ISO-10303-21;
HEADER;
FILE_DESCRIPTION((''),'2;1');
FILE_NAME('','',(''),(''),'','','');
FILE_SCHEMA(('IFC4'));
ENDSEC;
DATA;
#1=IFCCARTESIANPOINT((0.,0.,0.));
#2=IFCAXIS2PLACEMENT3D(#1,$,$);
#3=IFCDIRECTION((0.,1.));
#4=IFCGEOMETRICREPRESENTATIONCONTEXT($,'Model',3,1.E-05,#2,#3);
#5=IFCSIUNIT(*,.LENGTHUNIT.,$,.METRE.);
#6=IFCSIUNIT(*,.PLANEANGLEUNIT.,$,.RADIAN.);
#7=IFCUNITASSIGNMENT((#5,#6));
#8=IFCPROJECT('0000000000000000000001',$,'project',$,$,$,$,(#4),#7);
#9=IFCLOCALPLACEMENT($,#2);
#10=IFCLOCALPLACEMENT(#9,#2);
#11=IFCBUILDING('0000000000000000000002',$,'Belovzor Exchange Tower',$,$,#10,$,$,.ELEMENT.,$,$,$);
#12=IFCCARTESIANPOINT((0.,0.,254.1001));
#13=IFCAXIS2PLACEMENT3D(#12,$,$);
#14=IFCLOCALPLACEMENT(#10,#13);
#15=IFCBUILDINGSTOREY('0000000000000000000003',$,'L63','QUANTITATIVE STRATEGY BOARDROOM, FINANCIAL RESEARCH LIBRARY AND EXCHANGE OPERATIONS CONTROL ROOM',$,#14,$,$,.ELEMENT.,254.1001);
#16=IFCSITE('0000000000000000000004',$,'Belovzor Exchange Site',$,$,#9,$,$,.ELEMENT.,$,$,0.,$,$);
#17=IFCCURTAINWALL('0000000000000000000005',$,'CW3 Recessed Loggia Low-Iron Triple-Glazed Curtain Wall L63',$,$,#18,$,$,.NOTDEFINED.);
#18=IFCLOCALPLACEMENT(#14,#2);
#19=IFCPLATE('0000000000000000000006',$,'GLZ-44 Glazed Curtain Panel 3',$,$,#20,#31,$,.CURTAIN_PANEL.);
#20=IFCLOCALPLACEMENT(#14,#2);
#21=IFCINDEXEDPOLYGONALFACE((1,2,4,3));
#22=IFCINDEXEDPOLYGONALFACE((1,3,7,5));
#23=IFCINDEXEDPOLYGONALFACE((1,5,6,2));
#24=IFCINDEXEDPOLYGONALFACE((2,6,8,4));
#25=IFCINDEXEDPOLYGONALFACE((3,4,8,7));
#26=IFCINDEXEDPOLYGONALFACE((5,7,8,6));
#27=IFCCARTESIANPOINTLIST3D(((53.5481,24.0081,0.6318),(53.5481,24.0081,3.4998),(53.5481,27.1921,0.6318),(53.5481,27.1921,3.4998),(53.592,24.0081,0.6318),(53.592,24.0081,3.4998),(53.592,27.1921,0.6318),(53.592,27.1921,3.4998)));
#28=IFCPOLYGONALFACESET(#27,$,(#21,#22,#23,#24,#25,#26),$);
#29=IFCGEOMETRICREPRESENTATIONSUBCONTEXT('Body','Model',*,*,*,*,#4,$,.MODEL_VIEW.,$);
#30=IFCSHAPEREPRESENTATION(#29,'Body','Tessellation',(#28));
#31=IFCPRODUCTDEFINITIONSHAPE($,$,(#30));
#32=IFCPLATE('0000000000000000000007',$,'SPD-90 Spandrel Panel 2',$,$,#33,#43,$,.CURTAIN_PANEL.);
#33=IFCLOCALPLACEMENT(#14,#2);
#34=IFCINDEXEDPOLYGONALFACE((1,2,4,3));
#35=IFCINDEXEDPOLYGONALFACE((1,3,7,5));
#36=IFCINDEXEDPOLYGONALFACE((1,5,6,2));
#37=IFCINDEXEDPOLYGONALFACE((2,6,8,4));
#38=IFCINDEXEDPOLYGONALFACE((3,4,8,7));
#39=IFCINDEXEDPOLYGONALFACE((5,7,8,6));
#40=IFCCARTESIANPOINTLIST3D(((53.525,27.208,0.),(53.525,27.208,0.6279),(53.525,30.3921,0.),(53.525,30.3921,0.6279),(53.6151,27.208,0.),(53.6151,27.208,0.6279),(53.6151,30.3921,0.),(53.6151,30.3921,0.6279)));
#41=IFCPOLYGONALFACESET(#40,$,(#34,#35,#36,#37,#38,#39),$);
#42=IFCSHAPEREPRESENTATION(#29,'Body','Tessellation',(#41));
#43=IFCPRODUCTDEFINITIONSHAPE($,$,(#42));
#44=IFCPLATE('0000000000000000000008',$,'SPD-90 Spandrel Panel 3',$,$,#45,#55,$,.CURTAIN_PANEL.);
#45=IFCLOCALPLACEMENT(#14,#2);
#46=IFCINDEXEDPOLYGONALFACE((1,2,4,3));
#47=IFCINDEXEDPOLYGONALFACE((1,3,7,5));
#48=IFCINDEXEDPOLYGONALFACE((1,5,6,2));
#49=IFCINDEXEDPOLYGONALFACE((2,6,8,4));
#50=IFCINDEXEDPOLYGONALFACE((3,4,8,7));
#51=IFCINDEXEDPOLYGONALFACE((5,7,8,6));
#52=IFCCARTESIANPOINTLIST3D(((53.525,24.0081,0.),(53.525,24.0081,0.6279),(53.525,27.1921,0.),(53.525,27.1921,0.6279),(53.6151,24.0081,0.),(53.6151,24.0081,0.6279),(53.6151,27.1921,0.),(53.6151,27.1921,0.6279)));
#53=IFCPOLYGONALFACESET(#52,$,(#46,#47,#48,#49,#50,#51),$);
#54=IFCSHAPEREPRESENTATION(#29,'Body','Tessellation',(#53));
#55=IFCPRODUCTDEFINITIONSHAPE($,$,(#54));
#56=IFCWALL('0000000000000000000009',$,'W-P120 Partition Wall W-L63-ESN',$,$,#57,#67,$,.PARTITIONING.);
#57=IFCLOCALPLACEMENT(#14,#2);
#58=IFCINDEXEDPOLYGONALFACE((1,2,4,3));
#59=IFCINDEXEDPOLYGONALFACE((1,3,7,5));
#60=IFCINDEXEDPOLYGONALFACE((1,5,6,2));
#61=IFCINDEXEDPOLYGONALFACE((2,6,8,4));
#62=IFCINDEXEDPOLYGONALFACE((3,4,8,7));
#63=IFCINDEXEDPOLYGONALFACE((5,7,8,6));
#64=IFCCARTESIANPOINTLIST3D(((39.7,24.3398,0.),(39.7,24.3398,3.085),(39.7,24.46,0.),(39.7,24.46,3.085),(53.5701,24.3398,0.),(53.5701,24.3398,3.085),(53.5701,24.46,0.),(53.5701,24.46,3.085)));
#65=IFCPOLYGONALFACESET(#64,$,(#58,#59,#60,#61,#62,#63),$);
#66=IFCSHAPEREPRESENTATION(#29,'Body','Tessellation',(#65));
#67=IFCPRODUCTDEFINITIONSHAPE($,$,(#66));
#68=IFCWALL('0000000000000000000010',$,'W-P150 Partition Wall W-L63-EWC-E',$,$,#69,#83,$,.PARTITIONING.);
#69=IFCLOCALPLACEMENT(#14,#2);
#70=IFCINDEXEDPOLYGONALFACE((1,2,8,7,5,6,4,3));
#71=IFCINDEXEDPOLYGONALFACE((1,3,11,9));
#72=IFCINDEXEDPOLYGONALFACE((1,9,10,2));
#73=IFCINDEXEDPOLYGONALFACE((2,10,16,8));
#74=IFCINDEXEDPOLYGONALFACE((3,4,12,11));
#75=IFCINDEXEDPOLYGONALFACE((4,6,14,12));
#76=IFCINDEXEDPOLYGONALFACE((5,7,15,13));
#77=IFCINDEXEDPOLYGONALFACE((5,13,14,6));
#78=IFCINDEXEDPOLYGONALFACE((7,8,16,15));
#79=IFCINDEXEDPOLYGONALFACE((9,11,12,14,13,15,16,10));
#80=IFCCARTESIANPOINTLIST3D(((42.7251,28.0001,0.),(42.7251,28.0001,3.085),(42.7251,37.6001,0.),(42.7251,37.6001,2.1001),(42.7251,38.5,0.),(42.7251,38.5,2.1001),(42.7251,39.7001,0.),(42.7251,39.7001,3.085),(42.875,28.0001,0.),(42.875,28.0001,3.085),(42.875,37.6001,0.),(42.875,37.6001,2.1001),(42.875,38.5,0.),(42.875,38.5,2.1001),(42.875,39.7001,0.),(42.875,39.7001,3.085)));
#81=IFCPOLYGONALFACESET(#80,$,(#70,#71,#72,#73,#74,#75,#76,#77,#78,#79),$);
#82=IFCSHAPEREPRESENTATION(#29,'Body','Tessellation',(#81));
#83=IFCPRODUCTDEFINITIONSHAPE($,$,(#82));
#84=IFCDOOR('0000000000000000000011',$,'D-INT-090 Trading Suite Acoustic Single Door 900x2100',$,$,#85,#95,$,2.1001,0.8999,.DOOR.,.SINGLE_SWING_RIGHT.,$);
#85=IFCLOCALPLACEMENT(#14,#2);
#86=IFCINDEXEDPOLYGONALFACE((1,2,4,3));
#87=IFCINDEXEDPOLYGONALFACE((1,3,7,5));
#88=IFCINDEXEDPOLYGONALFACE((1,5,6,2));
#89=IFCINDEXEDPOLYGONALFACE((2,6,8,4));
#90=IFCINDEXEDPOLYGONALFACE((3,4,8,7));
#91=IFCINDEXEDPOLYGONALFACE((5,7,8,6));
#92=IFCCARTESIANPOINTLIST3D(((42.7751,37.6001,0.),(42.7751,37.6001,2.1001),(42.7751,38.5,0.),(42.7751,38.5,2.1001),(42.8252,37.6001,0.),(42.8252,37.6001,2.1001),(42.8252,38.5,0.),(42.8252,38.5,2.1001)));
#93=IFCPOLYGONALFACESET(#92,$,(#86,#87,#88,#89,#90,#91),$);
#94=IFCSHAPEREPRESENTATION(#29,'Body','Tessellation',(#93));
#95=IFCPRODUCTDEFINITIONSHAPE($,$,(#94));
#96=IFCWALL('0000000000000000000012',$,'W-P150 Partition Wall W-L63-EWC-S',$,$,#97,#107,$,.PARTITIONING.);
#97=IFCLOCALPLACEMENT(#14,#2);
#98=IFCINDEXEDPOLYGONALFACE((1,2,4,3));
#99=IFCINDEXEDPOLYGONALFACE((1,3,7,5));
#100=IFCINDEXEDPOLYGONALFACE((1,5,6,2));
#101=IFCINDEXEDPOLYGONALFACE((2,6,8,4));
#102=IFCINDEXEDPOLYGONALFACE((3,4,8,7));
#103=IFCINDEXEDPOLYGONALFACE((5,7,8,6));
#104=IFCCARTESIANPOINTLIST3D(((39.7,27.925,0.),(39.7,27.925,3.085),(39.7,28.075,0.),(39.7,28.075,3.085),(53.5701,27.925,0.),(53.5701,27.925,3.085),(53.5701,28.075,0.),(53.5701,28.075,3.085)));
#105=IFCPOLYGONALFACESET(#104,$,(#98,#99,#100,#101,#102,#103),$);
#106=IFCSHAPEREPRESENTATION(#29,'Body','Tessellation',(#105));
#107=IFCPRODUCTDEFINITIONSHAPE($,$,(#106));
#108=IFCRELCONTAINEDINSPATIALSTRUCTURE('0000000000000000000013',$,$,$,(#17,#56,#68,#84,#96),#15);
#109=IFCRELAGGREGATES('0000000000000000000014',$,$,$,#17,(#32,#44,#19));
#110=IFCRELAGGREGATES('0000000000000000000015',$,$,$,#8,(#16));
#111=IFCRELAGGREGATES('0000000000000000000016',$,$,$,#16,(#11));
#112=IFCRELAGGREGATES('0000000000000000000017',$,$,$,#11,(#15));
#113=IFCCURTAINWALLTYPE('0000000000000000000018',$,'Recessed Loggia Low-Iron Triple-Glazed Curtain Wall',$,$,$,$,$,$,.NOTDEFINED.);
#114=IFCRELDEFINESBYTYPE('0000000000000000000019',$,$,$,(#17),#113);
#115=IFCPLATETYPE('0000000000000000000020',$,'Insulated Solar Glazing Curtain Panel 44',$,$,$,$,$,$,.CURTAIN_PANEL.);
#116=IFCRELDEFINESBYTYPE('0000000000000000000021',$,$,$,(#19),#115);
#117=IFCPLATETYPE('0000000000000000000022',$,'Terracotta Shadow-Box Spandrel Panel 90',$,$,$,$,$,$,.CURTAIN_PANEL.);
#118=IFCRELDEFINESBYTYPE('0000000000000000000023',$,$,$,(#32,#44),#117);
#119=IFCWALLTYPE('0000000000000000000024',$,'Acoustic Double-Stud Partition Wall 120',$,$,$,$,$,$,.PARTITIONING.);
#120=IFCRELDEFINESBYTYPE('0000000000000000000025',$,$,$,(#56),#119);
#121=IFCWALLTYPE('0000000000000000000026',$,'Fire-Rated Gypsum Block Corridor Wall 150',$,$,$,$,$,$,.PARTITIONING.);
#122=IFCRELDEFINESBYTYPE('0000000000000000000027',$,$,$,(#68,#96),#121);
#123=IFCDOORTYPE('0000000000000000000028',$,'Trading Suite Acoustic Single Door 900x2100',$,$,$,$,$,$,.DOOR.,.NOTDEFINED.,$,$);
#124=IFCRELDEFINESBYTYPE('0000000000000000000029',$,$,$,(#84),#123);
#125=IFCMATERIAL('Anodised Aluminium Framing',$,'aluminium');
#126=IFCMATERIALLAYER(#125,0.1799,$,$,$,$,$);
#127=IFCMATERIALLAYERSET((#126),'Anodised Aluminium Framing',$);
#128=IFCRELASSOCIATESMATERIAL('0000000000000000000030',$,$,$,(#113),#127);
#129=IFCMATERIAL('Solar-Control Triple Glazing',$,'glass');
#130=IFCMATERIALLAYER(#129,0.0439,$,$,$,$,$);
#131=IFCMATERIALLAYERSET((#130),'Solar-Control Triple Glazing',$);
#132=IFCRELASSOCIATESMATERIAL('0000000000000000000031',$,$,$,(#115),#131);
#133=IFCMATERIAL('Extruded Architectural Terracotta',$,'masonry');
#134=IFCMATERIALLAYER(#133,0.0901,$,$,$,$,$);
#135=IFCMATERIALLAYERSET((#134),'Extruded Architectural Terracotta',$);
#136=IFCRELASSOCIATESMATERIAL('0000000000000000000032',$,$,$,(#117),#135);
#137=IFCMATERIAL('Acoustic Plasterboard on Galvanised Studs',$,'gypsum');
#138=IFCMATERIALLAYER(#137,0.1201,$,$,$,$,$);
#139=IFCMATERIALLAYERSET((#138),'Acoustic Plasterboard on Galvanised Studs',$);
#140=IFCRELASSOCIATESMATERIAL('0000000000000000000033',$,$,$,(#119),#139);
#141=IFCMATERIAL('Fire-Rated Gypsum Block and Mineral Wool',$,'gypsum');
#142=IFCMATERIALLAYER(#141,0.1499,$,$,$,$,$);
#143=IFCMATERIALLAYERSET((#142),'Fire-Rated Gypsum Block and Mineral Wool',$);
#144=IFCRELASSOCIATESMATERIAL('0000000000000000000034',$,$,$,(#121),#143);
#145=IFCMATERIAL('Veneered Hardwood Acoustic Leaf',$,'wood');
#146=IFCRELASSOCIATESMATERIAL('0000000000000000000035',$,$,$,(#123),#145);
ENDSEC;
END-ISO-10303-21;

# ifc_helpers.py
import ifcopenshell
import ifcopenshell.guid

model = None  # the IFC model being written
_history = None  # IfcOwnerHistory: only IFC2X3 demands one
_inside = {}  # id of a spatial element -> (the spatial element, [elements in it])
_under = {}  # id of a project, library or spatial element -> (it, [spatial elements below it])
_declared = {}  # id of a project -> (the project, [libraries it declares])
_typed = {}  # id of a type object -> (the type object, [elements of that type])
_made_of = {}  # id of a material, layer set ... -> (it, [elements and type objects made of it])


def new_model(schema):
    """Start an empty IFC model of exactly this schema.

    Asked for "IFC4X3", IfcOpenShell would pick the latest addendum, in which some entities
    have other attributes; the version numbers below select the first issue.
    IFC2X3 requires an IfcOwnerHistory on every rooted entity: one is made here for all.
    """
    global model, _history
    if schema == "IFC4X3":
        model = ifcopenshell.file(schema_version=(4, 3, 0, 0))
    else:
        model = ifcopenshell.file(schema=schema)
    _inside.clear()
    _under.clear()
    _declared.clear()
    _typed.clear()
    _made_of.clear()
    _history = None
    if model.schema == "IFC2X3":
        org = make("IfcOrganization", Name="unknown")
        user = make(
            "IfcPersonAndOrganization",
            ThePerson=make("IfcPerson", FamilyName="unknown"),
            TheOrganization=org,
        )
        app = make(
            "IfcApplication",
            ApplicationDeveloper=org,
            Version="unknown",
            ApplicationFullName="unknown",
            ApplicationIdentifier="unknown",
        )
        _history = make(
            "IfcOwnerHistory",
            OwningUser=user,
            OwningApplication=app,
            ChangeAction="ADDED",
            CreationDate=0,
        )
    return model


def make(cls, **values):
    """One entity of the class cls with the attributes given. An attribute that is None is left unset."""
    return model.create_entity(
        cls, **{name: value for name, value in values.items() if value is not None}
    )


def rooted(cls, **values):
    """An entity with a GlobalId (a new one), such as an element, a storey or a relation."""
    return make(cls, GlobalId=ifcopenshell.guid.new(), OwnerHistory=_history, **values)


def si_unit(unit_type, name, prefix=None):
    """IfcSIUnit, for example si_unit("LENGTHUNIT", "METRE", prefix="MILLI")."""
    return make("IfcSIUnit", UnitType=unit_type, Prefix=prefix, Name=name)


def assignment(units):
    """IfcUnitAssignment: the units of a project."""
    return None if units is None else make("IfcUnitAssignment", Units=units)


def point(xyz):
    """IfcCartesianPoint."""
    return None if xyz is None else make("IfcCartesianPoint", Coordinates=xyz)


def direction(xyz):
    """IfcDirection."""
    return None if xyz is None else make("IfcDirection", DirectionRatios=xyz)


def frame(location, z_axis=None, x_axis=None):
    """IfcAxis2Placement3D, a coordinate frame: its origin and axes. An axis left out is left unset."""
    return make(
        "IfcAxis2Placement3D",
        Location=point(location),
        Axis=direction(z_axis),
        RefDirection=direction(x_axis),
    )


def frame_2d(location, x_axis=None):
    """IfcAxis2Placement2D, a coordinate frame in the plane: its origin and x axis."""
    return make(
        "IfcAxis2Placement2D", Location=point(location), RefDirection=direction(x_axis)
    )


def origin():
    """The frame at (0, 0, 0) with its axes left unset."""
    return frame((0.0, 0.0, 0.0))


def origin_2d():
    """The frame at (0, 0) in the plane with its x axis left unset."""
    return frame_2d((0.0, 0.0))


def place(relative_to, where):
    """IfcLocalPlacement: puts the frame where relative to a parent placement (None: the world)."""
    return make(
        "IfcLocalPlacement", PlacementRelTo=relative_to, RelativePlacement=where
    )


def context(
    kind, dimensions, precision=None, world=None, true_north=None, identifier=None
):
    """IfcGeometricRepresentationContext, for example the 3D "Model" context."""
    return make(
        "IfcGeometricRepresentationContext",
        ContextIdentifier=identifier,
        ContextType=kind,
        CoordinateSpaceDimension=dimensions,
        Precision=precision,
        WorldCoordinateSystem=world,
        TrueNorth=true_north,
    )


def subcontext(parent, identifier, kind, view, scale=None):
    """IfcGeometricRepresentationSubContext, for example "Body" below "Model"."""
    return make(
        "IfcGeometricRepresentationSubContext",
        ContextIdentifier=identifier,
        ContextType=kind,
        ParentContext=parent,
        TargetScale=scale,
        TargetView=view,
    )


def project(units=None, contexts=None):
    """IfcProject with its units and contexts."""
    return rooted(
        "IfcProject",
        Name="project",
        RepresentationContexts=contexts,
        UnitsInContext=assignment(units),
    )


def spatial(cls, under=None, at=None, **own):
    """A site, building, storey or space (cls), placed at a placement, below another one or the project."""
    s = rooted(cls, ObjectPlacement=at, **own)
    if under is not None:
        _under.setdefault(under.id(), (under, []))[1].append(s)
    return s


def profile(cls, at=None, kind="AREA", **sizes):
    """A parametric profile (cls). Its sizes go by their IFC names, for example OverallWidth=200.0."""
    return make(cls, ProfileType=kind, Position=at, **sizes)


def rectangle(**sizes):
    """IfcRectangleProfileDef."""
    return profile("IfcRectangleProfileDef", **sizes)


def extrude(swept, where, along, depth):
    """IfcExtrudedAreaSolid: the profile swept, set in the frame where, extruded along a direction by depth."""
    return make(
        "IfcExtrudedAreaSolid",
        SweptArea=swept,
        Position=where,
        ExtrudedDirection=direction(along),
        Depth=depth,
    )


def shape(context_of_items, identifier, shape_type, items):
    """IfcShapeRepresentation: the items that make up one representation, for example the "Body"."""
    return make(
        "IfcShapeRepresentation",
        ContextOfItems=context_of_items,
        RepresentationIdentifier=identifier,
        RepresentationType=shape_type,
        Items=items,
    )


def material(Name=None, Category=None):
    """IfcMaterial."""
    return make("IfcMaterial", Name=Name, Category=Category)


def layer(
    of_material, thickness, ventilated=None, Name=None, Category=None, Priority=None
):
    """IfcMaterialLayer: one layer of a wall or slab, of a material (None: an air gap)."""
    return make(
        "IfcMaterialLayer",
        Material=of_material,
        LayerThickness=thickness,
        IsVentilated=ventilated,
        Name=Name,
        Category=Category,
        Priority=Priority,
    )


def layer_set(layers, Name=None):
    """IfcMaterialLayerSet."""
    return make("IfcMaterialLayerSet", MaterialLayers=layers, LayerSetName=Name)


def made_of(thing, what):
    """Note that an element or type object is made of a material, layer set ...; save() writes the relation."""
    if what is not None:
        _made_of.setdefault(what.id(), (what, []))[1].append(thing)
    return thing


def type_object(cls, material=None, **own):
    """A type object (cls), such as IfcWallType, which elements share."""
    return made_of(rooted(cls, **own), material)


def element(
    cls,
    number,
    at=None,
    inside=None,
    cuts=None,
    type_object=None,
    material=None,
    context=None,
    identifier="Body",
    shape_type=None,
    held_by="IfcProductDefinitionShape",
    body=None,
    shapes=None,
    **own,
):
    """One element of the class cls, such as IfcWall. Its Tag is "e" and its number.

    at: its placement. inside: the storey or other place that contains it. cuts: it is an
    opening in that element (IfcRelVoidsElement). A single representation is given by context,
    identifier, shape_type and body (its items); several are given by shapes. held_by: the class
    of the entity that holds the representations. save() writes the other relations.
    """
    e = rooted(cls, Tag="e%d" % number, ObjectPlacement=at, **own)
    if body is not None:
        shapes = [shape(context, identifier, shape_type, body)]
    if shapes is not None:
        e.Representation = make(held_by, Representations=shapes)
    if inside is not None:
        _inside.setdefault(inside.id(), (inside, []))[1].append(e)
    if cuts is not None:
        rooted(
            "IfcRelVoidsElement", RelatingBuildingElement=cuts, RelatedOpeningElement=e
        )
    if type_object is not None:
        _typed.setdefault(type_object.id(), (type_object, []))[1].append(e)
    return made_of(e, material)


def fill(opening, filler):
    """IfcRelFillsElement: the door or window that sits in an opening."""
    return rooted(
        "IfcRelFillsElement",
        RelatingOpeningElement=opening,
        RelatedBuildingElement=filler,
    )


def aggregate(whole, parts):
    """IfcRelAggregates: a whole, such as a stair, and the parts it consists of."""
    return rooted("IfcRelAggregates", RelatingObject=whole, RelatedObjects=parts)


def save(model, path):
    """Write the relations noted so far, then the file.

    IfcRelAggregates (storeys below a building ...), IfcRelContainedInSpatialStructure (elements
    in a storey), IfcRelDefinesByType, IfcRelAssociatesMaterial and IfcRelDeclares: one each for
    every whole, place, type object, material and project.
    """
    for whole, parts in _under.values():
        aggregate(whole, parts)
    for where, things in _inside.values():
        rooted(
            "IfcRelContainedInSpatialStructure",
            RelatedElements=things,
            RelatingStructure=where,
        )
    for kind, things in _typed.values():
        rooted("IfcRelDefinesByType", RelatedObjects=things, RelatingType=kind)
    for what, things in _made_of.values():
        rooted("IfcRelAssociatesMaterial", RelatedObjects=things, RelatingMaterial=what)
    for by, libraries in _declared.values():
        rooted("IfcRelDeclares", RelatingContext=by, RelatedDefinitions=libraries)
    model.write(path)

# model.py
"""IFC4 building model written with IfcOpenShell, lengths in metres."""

from ifc_helpers import new_model, si_unit, direction, frame, frame_2d, origin, origin_2d, place, context, subcontext, project, spatial, rectangle, extrude, material, layer, layer_set, type_object, element, fill, aggregate, save


model = new_model("IFC4")

# Units and contexts
model_context = context("Model", 3, precision=1e-05, world=origin(), true_north=direction((0.0, 1.0)))
body_context = subcontext(model_context, "Body", "Model", "MODEL_VIEW")
ifc_project = project(units=[si_unit("LENGTHUNIT", "METRE"), si_unit("PLANEANGLEUNIT", "RADIAN")], contexts=[model_context])

# Site, building, storey
site_placement = place(None, origin())
site = spatial("IfcSite", under=ifc_project, at=site_placement, Name="Belovzor Exchange Site", CompositionType="ELEMENT", RefElevation=0.0)
building_placement = place(site_placement, origin())
building = spatial("IfcBuilding", under=site, at=building_placement, Name="Belovzor Exchange Tower", CompositionType="ELEMENT")
storey_placement = place(building_placement, frame((0.0, 0.0, 254.1001)))
storey = spatial("IfcBuildingStorey", under=building, at=storey_placement, Name="L63", Description="QUANTITATIVE STRATEGY BOARDROOM, FINANCIAL RESEARCH LIBRARY AND EXCHANGE OPERATIONS CONTROL ROOM", CompositionType="ELEMENT", Elevation=254.1001)

# Curtain wall
ifc_material_1 = material(Name="Anodised Aluminium Framing", Category="aluminium")
ifc_layer_1 = layer(ifc_material_1, 0.1799)
ifc_layer_set_1 = layer_set([ifc_layer_1], Name="Anodised Aluminium Framing")
curtain_wall_type = type_object("IfcCurtainWallType", Name="Recessed Loggia Low-Iron Triple-Glazed Curtain Wall", PredefinedType="NOTDEFINED", material=ifc_layer_set_1)
curtain_wall_placement = place(storey_placement, origin())
curtain_wall = element("IfcCurtainWall", 1, at=curtain_wall_placement, inside=storey, type_object=curtain_wall_type, Name="CW3 Recessed Loggia Low-Iron Triple-Glazed Curtain Wall L63", PredefinedType="NOTDEFINED")

# Plates
ifc_material_2 = material(Name="Solar-Control Triple Glazing", Category="glass")
ifc_layer_2 = layer(ifc_material_2, 0.0439)
ifc_layer_set_2 = layer_set([ifc_layer_2], Name="Solar-Control Triple Glazing")
plate_type_1 = type_object("IfcPlateType", Name="Insulated Solar Glazing Curtain Panel 44", PredefinedType="CURTAIN_PANEL", material=ifc_layer_set_2)
plate_1_placement = place(storey_placement, frame((53.5701, 25.6001, 0.6318), z_axis=(0.0, 0.0, 1.0), x_axis=(0.0, -1.0, 0.0)))
plate_1 = element("IfcPlate", 2, at=plate_1_placement, type_object=plate_type_1, Name="GLZ-44 Glazed Curtain Panel 3", PredefinedType="CURTAIN_PANEL", context=body_context, shape_type="SweptSolid", body=[
    extrude(rectangle(XDim=3.1841, YDim=0.0439, at=origin_2d()), origin(), (0.0, 0.0, 1.0), 2.8679),
])
ifc_material_3 = material(Name="Extruded Architectural Terracotta", Category="masonry")
ifc_layer_3 = layer(ifc_material_3, 0.0901)
ifc_layer_set_3 = layer_set([ifc_layer_3], Name="Extruded Architectural Terracotta")
plate_type_2 = type_object("IfcPlateType", Name="Terracotta Shadow-Box Spandrel Panel 90", PredefinedType="CURTAIN_PANEL", material=ifc_layer_set_3)
plate_2_placement = place(storey_placement, frame((53.5701, 28.8, 0.0), z_axis=(0.0, 0.0, 1.0), x_axis=(0.0, -1.0, 0.0)))
plate_2 = element("IfcPlate", 3, at=plate_2_placement, type_object=plate_type_2, Name="SPD-90 Spandrel Panel 2", PredefinedType="CURTAIN_PANEL", context=body_context, shape_type="SweptSolid", body=[
    extrude(rectangle(XDim=3.1841, YDim=0.0901, at=origin_2d()), origin(), (0.0, 0.0, 1.0), 0.6279),
])
plate_3_placement = place(storey_placement, frame((53.5701, 25.6001, 0.0), z_axis=(0.0, 0.0, 1.0), x_axis=(0.0, -1.0, 0.0)))
plate_3 = element("IfcPlate", 4, at=plate_3_placement, type_object=plate_type_2, Name="SPD-90 Spandrel Panel 3", PredefinedType="CURTAIN_PANEL", context=body_context, shape_type="SweptSolid", body=[
    extrude(rectangle(XDim=3.1841, YDim=0.0901, at=origin_2d()), origin(), (0.0, 0.0, 1.0), 0.6279),
])
aggregate(curtain_wall, [plate_2, plate_3, plate_1])

# Wall
ifc_material_4 = material(Name="Acoustic Plasterboard on Galvanised Studs", Category="gypsum")
ifc_layer_4 = layer(ifc_material_4, 0.1201)
ifc_layer_set_4 = layer_set([ifc_layer_4], Name="Acoustic Plasterboard on Galvanised Studs")
wall_type_1 = type_object("IfcWallType", Name="Acoustic Double-Stud Partition Wall 120", PredefinedType="PARTITIONING", material=ifc_layer_set_4)
wall_1_placement = place(storey_placement, frame((39.7, 24.3999, 0.0), z_axis=(0.0, 0.0, 1.0), x_axis=(1.0, 0.0, 0.0)))
element("IfcWall", 5, at=wall_1_placement, inside=storey, type_object=wall_type_1, Name="W-P120 Partition Wall W-L63-ESN", PredefinedType="PARTITIONING", context=body_context, shape_type="SweptSolid", body=[
    extrude(rectangle(XDim=13.8701, YDim=0.1201, at=frame_2d((6.9351, 0.0))), origin(), (0.0, 0.0, 1.0), 3.085),
])

# Wall, opening, door
ifc_material_5 = material(Name="Fire-Rated Gypsum Block and Mineral Wool", Category="gypsum")
ifc_layer_5 = layer(ifc_material_5, 0.1499)
ifc_layer_set_5 = layer_set([ifc_layer_5], Name="Fire-Rated Gypsum Block and Mineral Wool")
wall_type_2 = type_object("IfcWallType", Name="Fire-Rated Gypsum Block Corridor Wall 150", PredefinedType="PARTITIONING", material=ifc_layer_set_5)
wall_2_placement = place(storey_placement, frame((42.8, 28.0, 0.0), z_axis=(0.0, 0.0, 1.0), x_axis=(0.0, 1.0, 0.0)))
wall_2 = element("IfcWall", 6, at=wall_2_placement, inside=storey, type_object=wall_type_2, Name="W-P150 Partition Wall W-L63-EWC-E", PredefinedType="PARTITIONING", context=body_context, shape_type="SweptSolid", body=[
    extrude(rectangle(XDim=11.7, YDim=0.1499, at=frame_2d((5.8501, 0.0))), origin(), (0.0, 0.0, 1.0), 3.085),
])
opening_1_placement = place(wall_2_placement, frame((9.6001, 0.0, 0.0)))
opening_1 = element("IfcOpeningElement", 7, at=opening_1_placement, cuts=wall_2, PredefinedType="OPENING", context=body_context, shape_type="SweptSolid", body=[
    extrude(rectangle(XDim=0.8999, YDim=2.1001, at=frame_2d((0.45, 1.05))), frame((0.0, 0.085, 0.0), z_axis=(0.0, -1.0, 0.0), x_axis=(1.0, 0.0, 0.0)), (0.0, 0.0, 1.0), 0.1699),
])
ifc_material_6 = material(Name="Veneered Hardwood Acoustic Leaf", Category="wood")
door_type_1 = type_object("IfcDoorType", Name="Trading Suite Acoustic Single Door 900x2100", OperationType="NOTDEFINED", PredefinedType="DOOR", material=ifc_material_6)
door_1_placement = place(opening_1_placement, origin())
door_1 = element("IfcDoor", 8, at=door_1_placement, inside=storey, type_object=door_type_1, Name="D-INT-090 Trading Suite Acoustic Single Door 900x2100", OperationType="SINGLE_SWING_RIGHT", OverallHeight=2.1001, OverallWidth=0.8999, PredefinedType="DOOR", context=body_context, shape_type="SweptSolid", body=[
    extrude(rectangle(XDim=0.8999, YDim=2.1001, at=frame_2d((0.45, 1.05))), frame((0.0, 0.0249, 0.0), z_axis=(0.0, -1.0, 0.0), x_axis=(1.0, 0.0, 0.0)), (0.0, 0.0, 1.0), 0.05),
])
fill(opening_1, door_1)

# Wall
wall_3_placement = place(storey_placement, frame((39.7, 28.0, 0.0), z_axis=(0.0, 0.0, 1.0), x_axis=(1.0, 0.0, 0.0)))
element("IfcWall", 9, at=wall_3_placement, inside=storey, type_object=wall_type_2, Name="W-P150 Partition Wall W-L63-EWC-S", PredefinedType="PARTITIONING", context=body_context, shape_type="SweptSolid", body=[
    extrude(rectangle(XDim=13.8701, YDim=0.1499, at=frame_2d((6.9351, 0.0))), origin(), (0.0, 0.0, 1.0), 3.085),
])

save(model, "model.ifc")
